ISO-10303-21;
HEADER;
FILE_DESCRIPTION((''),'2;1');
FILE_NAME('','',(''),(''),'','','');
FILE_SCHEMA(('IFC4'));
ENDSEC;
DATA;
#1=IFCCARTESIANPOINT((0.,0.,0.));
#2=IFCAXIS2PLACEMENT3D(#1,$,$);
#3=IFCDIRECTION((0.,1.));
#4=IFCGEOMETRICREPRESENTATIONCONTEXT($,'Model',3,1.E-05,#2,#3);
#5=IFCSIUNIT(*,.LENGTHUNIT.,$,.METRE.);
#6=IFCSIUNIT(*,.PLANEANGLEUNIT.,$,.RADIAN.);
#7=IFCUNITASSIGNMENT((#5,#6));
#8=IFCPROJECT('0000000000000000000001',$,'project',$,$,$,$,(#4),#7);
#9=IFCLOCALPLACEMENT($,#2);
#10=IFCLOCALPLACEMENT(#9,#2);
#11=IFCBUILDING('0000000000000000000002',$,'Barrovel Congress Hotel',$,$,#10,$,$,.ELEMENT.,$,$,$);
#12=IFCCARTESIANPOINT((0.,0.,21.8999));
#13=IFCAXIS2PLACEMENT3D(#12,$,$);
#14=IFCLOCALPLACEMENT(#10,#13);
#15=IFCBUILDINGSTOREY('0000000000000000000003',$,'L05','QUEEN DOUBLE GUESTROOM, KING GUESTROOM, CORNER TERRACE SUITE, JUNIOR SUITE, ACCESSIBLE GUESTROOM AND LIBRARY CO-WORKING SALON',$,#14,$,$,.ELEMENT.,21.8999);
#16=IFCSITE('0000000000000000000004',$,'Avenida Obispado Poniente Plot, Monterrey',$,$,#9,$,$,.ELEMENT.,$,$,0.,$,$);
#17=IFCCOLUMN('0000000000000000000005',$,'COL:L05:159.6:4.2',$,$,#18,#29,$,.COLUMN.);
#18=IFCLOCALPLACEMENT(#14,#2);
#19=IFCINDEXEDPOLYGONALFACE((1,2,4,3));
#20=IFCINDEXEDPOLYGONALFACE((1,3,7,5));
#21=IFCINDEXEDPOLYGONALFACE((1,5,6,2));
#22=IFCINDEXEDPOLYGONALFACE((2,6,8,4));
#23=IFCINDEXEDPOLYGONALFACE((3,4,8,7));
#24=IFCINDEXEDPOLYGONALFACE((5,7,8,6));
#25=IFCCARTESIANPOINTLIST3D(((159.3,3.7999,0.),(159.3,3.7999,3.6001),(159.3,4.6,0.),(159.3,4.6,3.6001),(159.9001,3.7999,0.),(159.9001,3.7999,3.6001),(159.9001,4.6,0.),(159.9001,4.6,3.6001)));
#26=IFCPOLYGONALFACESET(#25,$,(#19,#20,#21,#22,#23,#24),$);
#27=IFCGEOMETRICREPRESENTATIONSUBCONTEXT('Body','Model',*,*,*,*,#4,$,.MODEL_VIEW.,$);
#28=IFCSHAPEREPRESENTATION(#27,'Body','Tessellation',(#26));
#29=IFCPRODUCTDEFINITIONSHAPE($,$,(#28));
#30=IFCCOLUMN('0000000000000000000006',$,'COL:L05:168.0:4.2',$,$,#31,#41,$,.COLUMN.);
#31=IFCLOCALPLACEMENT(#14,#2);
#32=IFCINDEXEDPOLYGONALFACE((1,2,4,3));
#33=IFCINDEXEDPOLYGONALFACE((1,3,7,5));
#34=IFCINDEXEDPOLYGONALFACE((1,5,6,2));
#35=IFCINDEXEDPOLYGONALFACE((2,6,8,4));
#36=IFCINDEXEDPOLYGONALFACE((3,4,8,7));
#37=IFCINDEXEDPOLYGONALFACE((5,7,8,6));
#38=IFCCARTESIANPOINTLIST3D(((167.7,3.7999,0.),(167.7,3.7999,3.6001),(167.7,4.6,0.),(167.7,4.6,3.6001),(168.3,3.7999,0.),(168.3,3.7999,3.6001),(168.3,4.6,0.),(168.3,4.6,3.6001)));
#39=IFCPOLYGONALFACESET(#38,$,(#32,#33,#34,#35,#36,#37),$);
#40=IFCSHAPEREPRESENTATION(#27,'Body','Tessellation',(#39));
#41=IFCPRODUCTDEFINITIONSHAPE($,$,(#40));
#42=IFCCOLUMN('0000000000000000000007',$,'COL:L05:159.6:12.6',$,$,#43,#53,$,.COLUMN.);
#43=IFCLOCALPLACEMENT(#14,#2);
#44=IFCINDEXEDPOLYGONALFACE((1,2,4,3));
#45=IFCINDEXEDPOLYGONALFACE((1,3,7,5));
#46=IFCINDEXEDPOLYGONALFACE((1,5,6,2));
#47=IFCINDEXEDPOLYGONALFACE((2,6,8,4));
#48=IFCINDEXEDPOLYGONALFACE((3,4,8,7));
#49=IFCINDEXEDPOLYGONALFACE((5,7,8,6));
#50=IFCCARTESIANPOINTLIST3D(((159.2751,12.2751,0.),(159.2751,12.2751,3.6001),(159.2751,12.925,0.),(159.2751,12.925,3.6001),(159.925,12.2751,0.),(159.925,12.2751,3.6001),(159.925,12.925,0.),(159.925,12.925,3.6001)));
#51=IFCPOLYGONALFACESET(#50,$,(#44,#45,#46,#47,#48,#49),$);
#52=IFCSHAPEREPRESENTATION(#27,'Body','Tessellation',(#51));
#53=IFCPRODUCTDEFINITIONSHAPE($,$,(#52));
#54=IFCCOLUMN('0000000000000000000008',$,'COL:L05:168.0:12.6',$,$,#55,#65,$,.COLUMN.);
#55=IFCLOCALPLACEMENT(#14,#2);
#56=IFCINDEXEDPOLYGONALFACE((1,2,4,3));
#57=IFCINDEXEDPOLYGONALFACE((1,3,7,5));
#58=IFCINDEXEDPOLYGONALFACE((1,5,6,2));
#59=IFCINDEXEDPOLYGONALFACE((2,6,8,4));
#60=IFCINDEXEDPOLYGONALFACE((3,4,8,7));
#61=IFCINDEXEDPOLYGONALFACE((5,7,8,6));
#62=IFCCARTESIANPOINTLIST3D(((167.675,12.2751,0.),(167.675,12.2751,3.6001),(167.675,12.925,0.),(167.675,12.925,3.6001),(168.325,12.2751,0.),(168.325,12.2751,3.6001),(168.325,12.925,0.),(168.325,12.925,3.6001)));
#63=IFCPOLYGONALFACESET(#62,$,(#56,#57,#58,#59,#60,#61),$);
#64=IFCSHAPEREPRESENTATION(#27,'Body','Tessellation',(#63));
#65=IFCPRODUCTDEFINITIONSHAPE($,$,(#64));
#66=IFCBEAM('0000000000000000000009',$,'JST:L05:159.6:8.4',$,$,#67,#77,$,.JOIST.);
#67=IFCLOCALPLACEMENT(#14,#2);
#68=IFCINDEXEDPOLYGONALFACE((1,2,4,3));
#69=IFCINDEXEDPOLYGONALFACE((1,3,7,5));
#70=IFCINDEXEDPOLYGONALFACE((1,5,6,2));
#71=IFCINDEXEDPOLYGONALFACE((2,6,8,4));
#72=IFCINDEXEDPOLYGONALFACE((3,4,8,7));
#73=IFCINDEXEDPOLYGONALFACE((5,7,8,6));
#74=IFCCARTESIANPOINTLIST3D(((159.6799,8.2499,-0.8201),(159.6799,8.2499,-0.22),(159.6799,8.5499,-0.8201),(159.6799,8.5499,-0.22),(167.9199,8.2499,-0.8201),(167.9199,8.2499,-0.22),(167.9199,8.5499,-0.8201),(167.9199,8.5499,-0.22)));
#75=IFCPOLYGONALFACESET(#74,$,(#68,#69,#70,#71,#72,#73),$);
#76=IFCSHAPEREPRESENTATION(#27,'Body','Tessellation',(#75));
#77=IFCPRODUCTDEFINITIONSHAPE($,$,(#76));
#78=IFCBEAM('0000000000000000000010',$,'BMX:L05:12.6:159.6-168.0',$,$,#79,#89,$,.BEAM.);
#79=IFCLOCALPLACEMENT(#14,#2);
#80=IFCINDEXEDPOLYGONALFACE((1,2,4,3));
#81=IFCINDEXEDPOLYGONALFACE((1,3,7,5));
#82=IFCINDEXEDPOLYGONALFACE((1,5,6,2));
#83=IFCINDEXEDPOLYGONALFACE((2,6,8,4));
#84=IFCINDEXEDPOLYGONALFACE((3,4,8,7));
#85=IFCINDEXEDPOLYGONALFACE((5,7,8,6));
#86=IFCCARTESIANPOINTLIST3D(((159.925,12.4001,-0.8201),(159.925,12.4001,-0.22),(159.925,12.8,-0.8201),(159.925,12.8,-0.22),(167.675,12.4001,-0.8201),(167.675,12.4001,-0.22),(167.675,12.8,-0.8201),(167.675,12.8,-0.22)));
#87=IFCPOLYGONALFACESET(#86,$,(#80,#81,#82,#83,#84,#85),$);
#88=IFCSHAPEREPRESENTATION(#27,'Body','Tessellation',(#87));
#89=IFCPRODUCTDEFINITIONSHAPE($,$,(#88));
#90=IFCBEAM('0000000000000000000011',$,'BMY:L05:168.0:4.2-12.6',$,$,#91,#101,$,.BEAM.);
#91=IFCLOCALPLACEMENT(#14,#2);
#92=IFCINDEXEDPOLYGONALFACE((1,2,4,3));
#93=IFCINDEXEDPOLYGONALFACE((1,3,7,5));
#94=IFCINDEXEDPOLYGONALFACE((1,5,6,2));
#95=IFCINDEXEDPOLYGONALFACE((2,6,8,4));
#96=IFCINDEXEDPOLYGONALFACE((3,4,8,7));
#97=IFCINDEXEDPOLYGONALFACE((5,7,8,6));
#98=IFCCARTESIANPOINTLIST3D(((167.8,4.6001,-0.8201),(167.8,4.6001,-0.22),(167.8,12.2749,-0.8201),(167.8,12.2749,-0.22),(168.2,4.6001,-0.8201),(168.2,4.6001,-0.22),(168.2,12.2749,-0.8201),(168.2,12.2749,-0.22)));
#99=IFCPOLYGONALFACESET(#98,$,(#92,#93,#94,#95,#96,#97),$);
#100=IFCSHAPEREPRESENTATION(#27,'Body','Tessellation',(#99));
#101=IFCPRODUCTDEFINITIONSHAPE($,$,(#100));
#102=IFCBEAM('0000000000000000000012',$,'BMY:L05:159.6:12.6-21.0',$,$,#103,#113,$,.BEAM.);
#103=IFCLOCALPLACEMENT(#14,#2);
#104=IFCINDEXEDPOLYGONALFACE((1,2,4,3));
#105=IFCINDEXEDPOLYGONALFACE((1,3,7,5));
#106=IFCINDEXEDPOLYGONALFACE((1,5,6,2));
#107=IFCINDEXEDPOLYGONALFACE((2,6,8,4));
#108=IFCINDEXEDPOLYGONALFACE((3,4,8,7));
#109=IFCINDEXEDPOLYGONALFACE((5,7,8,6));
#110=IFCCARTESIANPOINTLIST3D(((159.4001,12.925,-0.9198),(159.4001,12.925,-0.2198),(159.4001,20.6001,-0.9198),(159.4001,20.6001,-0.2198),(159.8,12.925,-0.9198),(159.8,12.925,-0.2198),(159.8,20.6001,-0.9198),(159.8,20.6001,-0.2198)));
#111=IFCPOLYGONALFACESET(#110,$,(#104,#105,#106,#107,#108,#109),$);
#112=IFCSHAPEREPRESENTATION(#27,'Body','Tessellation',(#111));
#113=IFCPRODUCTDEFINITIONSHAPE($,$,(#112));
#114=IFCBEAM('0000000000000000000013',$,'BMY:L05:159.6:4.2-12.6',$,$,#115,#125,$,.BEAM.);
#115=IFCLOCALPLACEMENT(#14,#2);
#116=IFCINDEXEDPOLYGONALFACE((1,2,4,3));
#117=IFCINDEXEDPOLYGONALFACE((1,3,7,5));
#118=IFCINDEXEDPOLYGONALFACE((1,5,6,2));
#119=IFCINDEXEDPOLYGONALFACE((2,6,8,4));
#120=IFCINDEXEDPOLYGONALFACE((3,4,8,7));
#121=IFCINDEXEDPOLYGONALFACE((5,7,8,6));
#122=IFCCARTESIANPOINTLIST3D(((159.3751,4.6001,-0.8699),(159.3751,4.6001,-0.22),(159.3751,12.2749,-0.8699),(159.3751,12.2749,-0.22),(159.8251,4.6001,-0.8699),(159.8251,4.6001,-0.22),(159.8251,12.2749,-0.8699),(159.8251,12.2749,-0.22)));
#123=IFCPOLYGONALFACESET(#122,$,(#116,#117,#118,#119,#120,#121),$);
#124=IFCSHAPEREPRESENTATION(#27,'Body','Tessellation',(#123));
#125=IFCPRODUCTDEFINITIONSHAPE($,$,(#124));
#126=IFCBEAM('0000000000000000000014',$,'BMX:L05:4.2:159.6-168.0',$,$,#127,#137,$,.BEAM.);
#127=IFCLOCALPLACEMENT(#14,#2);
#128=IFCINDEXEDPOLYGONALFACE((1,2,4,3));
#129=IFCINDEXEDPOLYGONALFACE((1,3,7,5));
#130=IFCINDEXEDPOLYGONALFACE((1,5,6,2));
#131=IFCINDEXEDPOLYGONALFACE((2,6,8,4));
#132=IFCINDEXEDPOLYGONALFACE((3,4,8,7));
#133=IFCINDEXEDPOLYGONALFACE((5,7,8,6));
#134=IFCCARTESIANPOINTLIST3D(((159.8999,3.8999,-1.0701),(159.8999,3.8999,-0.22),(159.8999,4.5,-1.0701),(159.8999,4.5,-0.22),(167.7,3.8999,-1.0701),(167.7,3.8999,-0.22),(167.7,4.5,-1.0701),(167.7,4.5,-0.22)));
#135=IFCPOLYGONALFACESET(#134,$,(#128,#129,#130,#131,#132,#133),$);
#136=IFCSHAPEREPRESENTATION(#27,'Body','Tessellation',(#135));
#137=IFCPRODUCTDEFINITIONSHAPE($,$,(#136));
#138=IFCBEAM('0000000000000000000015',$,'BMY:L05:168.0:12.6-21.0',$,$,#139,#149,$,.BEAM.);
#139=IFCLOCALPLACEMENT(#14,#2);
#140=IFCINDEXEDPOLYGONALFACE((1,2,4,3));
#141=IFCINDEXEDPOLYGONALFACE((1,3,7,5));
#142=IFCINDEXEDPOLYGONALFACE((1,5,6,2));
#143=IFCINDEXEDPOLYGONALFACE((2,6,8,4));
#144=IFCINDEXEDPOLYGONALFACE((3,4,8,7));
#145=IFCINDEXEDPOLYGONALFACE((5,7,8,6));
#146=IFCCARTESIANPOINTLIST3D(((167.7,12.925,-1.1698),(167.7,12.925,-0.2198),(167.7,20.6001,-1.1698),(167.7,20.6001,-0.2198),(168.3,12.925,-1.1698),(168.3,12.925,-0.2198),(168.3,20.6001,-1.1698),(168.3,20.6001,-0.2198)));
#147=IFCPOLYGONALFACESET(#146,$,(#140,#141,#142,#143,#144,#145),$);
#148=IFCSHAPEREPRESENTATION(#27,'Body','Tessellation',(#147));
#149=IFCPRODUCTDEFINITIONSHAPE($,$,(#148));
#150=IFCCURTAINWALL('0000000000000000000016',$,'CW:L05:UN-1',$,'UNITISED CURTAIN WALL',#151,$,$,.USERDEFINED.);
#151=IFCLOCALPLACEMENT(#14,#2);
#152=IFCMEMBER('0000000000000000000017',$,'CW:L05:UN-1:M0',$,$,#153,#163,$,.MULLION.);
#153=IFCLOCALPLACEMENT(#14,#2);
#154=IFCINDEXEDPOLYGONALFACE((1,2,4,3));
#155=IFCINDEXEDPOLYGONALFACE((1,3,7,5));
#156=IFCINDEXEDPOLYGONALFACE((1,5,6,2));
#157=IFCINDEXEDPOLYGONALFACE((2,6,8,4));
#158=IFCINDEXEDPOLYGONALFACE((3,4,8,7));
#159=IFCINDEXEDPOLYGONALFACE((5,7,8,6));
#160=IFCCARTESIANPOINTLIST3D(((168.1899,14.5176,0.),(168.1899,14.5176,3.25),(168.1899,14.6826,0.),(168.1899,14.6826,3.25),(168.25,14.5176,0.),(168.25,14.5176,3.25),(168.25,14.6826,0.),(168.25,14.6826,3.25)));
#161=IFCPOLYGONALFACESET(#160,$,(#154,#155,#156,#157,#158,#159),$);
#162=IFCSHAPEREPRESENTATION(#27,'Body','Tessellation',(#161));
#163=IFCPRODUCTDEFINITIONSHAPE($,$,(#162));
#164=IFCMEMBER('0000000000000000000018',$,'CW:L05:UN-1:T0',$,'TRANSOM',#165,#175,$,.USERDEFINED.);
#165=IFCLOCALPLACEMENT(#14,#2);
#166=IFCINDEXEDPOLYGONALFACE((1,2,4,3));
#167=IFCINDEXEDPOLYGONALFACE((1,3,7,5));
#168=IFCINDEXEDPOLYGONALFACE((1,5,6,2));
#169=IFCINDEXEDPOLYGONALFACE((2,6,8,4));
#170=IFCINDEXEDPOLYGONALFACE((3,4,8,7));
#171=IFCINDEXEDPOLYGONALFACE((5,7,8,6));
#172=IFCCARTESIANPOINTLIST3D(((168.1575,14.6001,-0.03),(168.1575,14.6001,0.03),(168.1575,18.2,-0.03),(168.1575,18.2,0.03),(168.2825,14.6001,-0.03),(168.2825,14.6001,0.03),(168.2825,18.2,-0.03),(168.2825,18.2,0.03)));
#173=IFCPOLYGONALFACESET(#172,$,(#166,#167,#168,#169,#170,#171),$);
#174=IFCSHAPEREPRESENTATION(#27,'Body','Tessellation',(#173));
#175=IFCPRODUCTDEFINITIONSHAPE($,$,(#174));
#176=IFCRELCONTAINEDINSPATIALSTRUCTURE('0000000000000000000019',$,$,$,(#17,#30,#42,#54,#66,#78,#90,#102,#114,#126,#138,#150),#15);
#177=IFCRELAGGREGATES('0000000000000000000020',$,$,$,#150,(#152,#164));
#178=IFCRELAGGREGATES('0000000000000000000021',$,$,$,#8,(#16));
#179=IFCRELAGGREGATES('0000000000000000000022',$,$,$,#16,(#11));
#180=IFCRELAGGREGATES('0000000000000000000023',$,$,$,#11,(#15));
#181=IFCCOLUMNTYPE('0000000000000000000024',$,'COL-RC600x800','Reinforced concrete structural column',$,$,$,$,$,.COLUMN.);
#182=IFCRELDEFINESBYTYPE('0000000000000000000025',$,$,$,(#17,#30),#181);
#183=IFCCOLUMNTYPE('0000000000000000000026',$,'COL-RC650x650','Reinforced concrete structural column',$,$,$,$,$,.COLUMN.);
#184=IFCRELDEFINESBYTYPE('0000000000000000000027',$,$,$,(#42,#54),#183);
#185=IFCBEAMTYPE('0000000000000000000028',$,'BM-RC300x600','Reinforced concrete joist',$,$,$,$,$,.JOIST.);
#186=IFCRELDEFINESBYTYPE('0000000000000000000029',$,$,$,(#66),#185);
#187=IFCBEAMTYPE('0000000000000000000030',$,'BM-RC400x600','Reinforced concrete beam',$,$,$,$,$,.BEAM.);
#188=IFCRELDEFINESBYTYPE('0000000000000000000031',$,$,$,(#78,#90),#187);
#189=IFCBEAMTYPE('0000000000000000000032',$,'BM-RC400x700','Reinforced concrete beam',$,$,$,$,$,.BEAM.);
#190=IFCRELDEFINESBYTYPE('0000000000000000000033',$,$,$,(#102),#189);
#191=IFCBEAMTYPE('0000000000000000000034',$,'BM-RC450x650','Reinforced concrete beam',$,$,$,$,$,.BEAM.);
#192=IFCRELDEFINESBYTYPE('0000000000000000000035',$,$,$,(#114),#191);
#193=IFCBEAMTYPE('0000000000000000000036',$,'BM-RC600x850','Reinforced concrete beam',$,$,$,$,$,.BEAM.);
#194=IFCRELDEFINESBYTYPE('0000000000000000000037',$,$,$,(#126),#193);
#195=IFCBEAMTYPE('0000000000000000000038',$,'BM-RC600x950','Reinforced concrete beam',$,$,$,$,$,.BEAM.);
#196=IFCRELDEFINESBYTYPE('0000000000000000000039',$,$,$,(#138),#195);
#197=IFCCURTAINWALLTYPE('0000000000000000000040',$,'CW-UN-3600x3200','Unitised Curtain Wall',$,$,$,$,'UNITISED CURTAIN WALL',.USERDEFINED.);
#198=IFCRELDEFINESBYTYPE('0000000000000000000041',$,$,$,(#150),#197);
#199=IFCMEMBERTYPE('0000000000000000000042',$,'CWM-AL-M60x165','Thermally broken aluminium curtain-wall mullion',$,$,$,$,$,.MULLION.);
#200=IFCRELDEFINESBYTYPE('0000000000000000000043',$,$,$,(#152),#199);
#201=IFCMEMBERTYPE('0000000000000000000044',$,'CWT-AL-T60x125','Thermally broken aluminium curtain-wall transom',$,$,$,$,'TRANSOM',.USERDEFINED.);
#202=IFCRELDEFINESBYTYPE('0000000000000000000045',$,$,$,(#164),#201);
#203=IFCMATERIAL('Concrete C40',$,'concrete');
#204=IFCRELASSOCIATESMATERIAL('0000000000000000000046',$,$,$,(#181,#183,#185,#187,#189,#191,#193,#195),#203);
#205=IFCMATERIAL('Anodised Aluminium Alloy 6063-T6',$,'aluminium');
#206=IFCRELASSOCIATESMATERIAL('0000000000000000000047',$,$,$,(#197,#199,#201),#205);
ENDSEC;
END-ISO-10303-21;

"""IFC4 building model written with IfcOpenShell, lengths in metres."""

from ifc_helpers import new_model, si_unit, direction, frame, origin, origin_2d, place, context, subcontext, project, spatial, rectangle, extrude, material, material_profile, profile_set, type_object, element, aggregate, save


model = new_model("IFC4")

# Units and contexts
model_context = context("Model", 3, precision=1e-05, world=origin(), true_north=direction((0.0, 1.0)))
body_context = subcontext(model_context, "Body", "Model", "MODEL_VIEW")
ifc_project = project(units=[si_unit("LENGTHUNIT", "METRE"), si_unit("PLANEANGLEUNIT", "RADIAN")], contexts=[model_context])

# Site, building, storey
site_placement = place(None, origin())
site = spatial("IfcSite", under=ifc_project, at=site_placement, Name="Avenida Obispado Poniente Plot, Monterrey", CompositionType="ELEMENT", RefElevation=0.0)
building_placement = place(site_placement, origin())
building = spatial("IfcBuilding", under=site, at=building_placement, Name="Barrovel Congress Hotel", CompositionType="ELEMENT")
storey_placement = place(building_placement, frame((0.0, 0.0, 21.8999)))
storey = spatial("IfcBuildingStorey", under=building, at=storey_placement, Name="L05", Description="QUEEN DOUBLE GUESTROOM, KING GUESTROOM, CORNER TERRACE SUITE, JUNIOR SUITE, ACCESSIBLE GUESTROOM AND LIBRARY CO-WORKING SALON", CompositionType="ELEMENT", Elevation=21.8999)

# Columns
ifc_material_1 = material(Name="Concrete C40", Category="concrete")
ifc_material_profile_1 = material_profile(ifc_material_1, rectangle(XDim=0.6001, YDim=0.8, at=origin_2d()), Name="RC600x800")
ifc_profile_set_1 = profile_set([ifc_material_profile_1], Name="Concrete C40")
column_type_1 = type_object("IfcColumnType", Name="COL-RC600x800", Description="Reinforced concrete structural column", PredefinedType="COLUMN", material=ifc_profile_set_1)
for number, where, z_axis, x_axis, name in (
    (1, (159.6001, 4.2, 0.0), (0.0, 0.0, 1.0), (1.0, 0.0, 0.0), "COL:L05:159.6:4.2"),
    (2, (168.0, 4.2, 0.0), (0.0, 0.0, 1.0), (1.0, 0.0, 0.0), "COL:L05:168.0:4.2"),
):
    element("IfcColumn", number, at=place(storey_placement, frame(where, z_axis=z_axis, x_axis=x_axis)), inside=storey, type_object=column_type_1, Name=name, PredefinedType="COLUMN", context=body_context, shape_type="SweptSolid", body=[
        extrude(rectangle(XDim=0.6001, YDim=0.8, at=origin_2d()), origin(), (0.0, 0.0, 1.0), 3.6001),
    ])
ifc_material_profile_2 = material_profile(ifc_material_1, rectangle(XDim=0.6499, YDim=0.6499, at=origin_2d()), Name="RC650x650")
ifc_profile_set_2 = profile_set([ifc_material_profile_2], Name="Concrete C40")
column_type_2 = type_object("IfcColumnType", Name="COL-RC650x650", Description="Reinforced concrete structural column", PredefinedType="COLUMN", material=ifc_profile_set_2)
for number, where, z_axis, x_axis, name in (
    (3, (159.6001, 12.6001, 0.0), (0.0, 0.0, 1.0), (1.0, 0.0, 0.0), "COL:L05:159.6:12.6"),
    (4, (168.0, 12.6001, 0.0), (0.0, 0.0, 1.0), (1.0, 0.0, 0.0), "COL:L05:168.0:12.6"),
):
    element("IfcColumn", number, at=place(storey_placement, frame(where, z_axis=z_axis, x_axis=x_axis)), inside=storey, type_object=column_type_2, Name=name, PredefinedType="COLUMN", context=body_context, shape_type="SweptSolid", body=[
        extrude(rectangle(XDim=0.6499, YDim=0.6499, at=origin_2d()), origin(), (0.0, 0.0, 1.0), 3.6001),
    ])

# Beams
ifc_material_profile_3 = material_profile(ifc_material_1, rectangle(XDim=0.3, YDim=0.6001, at=origin_2d()), Name="RC300x600")
ifc_profile_set_3 = profile_set([ifc_material_profile_3], Name="Concrete C40")
beam_type_1 = type_object("IfcBeamType", Name="BM-RC300x600", Description="Reinforced concrete joist", PredefinedType="JOIST", material=ifc_profile_set_3)
beam_1_placement = place(storey_placement, frame((159.6799, 8.3999, -0.52), z_axis=(1.0, 0.0, 0.0), x_axis=(0.0, 1.0, 0.0)))
element("IfcBeam", 5, at=beam_1_placement, inside=storey, type_object=beam_type_1, Name="JST:L05:159.6:8.4", PredefinedType="JOIST", context=body_context, shape_type="SweptSolid", body=[
    extrude(rectangle(XDim=0.3, YDim=0.6001, at=origin_2d()), origin(), (0.0, 0.0, 1.0), 8.24),
])
ifc_material_profile_4 = material_profile(ifc_material_1, rectangle(XDim=0.3999, YDim=0.6001, at=origin_2d()), Name="RC400x600")
ifc_profile_set_4 = profile_set([ifc_material_profile_4], Name="Concrete C40")
beam_type_2 = type_object("IfcBeamType", Name="BM-RC400x600", Description="Reinforced concrete beam", PredefinedType="BEAM", material=ifc_profile_set_4)
beam_2_placement = place(storey_placement, frame((159.925, 12.6001, -0.52), z_axis=(1.0, 0.0, 0.0), x_axis=(0.0, 1.0, 0.0)))
element("IfcBeam", 6, at=beam_2_placement, inside=storey, type_object=beam_type_2, Name="BMX:L05:12.6:159.6-168.0", PredefinedType="BEAM", context=body_context, shape_type="SweptSolid", body=[
    extrude(rectangle(XDim=0.3999, YDim=0.6001, at=origin_2d()), origin(), (0.0, 0.0, 1.0), 7.75),
])
beam_3_placement = place(storey_placement, frame((168.0, 4.6001, -0.52), z_axis=(0.0, 1.0, 0.0), x_axis=(-1.0, 0.0, 0.0)))
element("IfcBeam", 7, at=beam_3_placement, inside=storey, type_object=beam_type_2, Name="BMY:L05:168.0:4.2-12.6", PredefinedType="BEAM", context=body_context, shape_type="SweptSolid", body=[
    extrude(rectangle(XDim=0.3999, YDim=0.6001, at=origin_2d()), origin(), (0.0, 0.0, 1.0), 7.6748),
])
ifc_material_profile_5 = material_profile(ifc_material_1, rectangle(XDim=0.3999, YDim=0.7, at=origin_2d()), Name="RC400x700")
ifc_profile_set_5 = profile_set([ifc_material_profile_5], Name="Concrete C40")
beam_type_3 = type_object("IfcBeamType", Name="BM-RC400x700", Description="Reinforced concrete beam", PredefinedType="BEAM", material=ifc_profile_set_5)
beam_4_placement = place(storey_placement, frame((159.6001, 12.925, -0.5698), z_axis=(0.0, 1.0, 0.0), x_axis=(-1.0, 0.0, 0.0)))
element("IfcBeam", 8, at=beam_4_placement, inside=storey, type_object=beam_type_3, Name="BMY:L05:159.6:12.6-21.0", PredefinedType="BEAM", context=body_context, shape_type="SweptSolid", body=[
    extrude(rectangle(XDim=0.3999, YDim=0.7, at=origin_2d()), origin(), (0.0, 0.0, 1.0), 7.675),
])
ifc_material_profile_6 = material_profile(ifc_material_1, rectangle(XDim=0.45, YDim=0.6499, at=origin_2d()), Name="RC450x650")
ifc_profile_set_6 = profile_set([ifc_material_profile_6], Name="Concrete C40")
beam_type_4 = type_object("IfcBeamType", Name="BM-RC450x650", Description="Reinforced concrete beam", PredefinedType="BEAM", material=ifc_profile_set_6)
beam_5_placement = place(storey_placement, frame((159.6001, 4.6001, -0.5449), z_axis=(0.0, 1.0, 0.0), x_axis=(-1.0, 0.0, 0.0)))
element("IfcBeam", 9, at=beam_5_placement, inside=storey, type_object=beam_type_4, Name="BMY:L05:159.6:4.2-12.6", PredefinedType="BEAM", context=body_context, shape_type="SweptSolid", body=[
    extrude(rectangle(XDim=0.45, YDim=0.6499, at=origin_2d()), origin(), (0.0, 0.0, 1.0), 7.6748),
])
ifc_material_profile_7 = material_profile(ifc_material_1, rectangle(XDim=0.6001, YDim=0.8501, at=origin_2d()), Name="RC600x850")
ifc_profile_set_7 = profile_set([ifc_material_profile_7], Name="Concrete C40")
beam_type_5 = type_object("IfcBeamType", Name="BM-RC600x850", Description="Reinforced concrete beam", PredefinedType="BEAM", material=ifc_profile_set_7)
beam_6_placement = place(storey_placement, frame((159.8999, 4.2, -0.645), z_axis=(1.0, 0.0, 0.0), x_axis=(0.0, 1.0, 0.0)))
element("IfcBeam", 10, at=beam_6_placement, inside=storey, type_object=beam_type_5, Name="BMX:L05:4.2:159.6-168.0", PredefinedType="BEAM", context=body_context, shape_type="SweptSolid", body=[
    extrude(rectangle(XDim=0.6001, YDim=0.8501, at=origin_2d()), origin(), (0.0, 0.0, 1.0), 7.8),
])
ifc_material_profile_8 = material_profile(ifc_material_1, rectangle(XDim=0.6001, YDim=0.95, at=origin_2d()), Name="RC600x950")
ifc_profile_set_8 = profile_set([ifc_material_profile_8], Name="Concrete C40")
beam_type_6 = type_object("IfcBeamType", Name="BM-RC600x950", Description="Reinforced concrete beam", PredefinedType="BEAM", material=ifc_profile_set_8)
beam_7_placement = place(storey_placement, frame((168.0, 12.925, -0.6948), z_axis=(0.0, 1.0, 0.0), x_axis=(-1.0, 0.0, 0.0)))
element("IfcBeam", 11, at=beam_7_placement, inside=storey, type_object=beam_type_6, Name="BMY:L05:168.0:12.6-21.0", PredefinedType="BEAM", context=body_context, shape_type="SweptSolid", body=[
    extrude(rectangle(XDim=0.6001, YDim=0.95, at=origin_2d()), origin(), (0.0, 0.0, 1.0), 7.675),
])

# Curtain wall, members
ifc_material_2 = material(Name="Anodised Aluminium Alloy 6063-T6", Category="aluminium")
curtain_wall_type = type_object("IfcCurtainWallType", Name="CW-UN-3600x3200", Description="Unitised Curtain Wall", ElementType="UNITISED CURTAIN WALL", PredefinedType="USERDEFINED", material=ifc_material_2)
curtain_wall_placement = place(storey_placement, origin())
curtain_wall = element("IfcCurtainWall", 12, at=curtain_wall_placement, inside=storey, type_object=curtain_wall_type, Name="CW:L05:UN-1", ObjectType="UNITISED CURTAIN WALL", PredefinedType="USERDEFINED")
ifc_material_profile_9 = material_profile(ifc_material_2, rectangle(XDim=0.0601, YDim=0.165, at=origin_2d()), Name="AL-M60x165")
ifc_profile_set_9 = profile_set([ifc_material_profile_9], Name="Anodised Aluminium Alloy 6063-T6")
member_type_1 = type_object("IfcMemberType", Name="CWM-AL-M60x165", Description="Thermally broken aluminium curtain-wall mullion", PredefinedType="MULLION", material=ifc_profile_set_9)
member_1_placement = place(storey_placement, frame((168.22, 14.6001, 0.0), z_axis=(0.0, 0.0, 1.0), x_axis=(1.0, 0.0, 0.0)))
member_1 = element("IfcMember", 13, at=member_1_placement, type_object=member_type_1, Name="CW:L05:UN-1:M0", PredefinedType="MULLION", context=body_context, shape_type="SweptSolid", body=[
    extrude(rectangle(XDim=0.0601, YDim=0.165, at=origin_2d()), origin(), (0.0, 0.0, 1.0), 3.25),
])
ifc_material_profile_10 = material_profile(ifc_material_2, rectangle(XDim=0.125, YDim=0.0601, at=origin_2d()), Name="AL-T60x125")
ifc_profile_set_10 = profile_set([ifc_material_profile_10], Name="Anodised Aluminium Alloy 6063-T6")
member_type_2 = type_object("IfcMemberType", Name="CWT-AL-T60x125", Description="Thermally broken aluminium curtain-wall transom", ElementType="TRANSOM", PredefinedType="USERDEFINED", material=ifc_profile_set_10)
member_2_placement = place(storey_placement, frame((168.22, 14.6001, 0.0), z_axis=(0.0, 1.0, 0.0), x_axis=(-1.0, 0.0, 0.0)))
member_2 = element("IfcMember", 14, at=member_2_placement, type_object=member_type_2, Name="CW:L05:UN-1:T0", ObjectType="TRANSOM", PredefinedType="USERDEFINED", context=body_context, shape_type="SweptSolid", body=[
    extrude(rectangle(XDim=0.125, YDim=0.0601, at=origin_2d()), origin(), (0.0, 0.0, 1.0), 3.5999),
])
aggregate(curtain_wall, [member_1, member_2])

save(model, "model.ifc")
